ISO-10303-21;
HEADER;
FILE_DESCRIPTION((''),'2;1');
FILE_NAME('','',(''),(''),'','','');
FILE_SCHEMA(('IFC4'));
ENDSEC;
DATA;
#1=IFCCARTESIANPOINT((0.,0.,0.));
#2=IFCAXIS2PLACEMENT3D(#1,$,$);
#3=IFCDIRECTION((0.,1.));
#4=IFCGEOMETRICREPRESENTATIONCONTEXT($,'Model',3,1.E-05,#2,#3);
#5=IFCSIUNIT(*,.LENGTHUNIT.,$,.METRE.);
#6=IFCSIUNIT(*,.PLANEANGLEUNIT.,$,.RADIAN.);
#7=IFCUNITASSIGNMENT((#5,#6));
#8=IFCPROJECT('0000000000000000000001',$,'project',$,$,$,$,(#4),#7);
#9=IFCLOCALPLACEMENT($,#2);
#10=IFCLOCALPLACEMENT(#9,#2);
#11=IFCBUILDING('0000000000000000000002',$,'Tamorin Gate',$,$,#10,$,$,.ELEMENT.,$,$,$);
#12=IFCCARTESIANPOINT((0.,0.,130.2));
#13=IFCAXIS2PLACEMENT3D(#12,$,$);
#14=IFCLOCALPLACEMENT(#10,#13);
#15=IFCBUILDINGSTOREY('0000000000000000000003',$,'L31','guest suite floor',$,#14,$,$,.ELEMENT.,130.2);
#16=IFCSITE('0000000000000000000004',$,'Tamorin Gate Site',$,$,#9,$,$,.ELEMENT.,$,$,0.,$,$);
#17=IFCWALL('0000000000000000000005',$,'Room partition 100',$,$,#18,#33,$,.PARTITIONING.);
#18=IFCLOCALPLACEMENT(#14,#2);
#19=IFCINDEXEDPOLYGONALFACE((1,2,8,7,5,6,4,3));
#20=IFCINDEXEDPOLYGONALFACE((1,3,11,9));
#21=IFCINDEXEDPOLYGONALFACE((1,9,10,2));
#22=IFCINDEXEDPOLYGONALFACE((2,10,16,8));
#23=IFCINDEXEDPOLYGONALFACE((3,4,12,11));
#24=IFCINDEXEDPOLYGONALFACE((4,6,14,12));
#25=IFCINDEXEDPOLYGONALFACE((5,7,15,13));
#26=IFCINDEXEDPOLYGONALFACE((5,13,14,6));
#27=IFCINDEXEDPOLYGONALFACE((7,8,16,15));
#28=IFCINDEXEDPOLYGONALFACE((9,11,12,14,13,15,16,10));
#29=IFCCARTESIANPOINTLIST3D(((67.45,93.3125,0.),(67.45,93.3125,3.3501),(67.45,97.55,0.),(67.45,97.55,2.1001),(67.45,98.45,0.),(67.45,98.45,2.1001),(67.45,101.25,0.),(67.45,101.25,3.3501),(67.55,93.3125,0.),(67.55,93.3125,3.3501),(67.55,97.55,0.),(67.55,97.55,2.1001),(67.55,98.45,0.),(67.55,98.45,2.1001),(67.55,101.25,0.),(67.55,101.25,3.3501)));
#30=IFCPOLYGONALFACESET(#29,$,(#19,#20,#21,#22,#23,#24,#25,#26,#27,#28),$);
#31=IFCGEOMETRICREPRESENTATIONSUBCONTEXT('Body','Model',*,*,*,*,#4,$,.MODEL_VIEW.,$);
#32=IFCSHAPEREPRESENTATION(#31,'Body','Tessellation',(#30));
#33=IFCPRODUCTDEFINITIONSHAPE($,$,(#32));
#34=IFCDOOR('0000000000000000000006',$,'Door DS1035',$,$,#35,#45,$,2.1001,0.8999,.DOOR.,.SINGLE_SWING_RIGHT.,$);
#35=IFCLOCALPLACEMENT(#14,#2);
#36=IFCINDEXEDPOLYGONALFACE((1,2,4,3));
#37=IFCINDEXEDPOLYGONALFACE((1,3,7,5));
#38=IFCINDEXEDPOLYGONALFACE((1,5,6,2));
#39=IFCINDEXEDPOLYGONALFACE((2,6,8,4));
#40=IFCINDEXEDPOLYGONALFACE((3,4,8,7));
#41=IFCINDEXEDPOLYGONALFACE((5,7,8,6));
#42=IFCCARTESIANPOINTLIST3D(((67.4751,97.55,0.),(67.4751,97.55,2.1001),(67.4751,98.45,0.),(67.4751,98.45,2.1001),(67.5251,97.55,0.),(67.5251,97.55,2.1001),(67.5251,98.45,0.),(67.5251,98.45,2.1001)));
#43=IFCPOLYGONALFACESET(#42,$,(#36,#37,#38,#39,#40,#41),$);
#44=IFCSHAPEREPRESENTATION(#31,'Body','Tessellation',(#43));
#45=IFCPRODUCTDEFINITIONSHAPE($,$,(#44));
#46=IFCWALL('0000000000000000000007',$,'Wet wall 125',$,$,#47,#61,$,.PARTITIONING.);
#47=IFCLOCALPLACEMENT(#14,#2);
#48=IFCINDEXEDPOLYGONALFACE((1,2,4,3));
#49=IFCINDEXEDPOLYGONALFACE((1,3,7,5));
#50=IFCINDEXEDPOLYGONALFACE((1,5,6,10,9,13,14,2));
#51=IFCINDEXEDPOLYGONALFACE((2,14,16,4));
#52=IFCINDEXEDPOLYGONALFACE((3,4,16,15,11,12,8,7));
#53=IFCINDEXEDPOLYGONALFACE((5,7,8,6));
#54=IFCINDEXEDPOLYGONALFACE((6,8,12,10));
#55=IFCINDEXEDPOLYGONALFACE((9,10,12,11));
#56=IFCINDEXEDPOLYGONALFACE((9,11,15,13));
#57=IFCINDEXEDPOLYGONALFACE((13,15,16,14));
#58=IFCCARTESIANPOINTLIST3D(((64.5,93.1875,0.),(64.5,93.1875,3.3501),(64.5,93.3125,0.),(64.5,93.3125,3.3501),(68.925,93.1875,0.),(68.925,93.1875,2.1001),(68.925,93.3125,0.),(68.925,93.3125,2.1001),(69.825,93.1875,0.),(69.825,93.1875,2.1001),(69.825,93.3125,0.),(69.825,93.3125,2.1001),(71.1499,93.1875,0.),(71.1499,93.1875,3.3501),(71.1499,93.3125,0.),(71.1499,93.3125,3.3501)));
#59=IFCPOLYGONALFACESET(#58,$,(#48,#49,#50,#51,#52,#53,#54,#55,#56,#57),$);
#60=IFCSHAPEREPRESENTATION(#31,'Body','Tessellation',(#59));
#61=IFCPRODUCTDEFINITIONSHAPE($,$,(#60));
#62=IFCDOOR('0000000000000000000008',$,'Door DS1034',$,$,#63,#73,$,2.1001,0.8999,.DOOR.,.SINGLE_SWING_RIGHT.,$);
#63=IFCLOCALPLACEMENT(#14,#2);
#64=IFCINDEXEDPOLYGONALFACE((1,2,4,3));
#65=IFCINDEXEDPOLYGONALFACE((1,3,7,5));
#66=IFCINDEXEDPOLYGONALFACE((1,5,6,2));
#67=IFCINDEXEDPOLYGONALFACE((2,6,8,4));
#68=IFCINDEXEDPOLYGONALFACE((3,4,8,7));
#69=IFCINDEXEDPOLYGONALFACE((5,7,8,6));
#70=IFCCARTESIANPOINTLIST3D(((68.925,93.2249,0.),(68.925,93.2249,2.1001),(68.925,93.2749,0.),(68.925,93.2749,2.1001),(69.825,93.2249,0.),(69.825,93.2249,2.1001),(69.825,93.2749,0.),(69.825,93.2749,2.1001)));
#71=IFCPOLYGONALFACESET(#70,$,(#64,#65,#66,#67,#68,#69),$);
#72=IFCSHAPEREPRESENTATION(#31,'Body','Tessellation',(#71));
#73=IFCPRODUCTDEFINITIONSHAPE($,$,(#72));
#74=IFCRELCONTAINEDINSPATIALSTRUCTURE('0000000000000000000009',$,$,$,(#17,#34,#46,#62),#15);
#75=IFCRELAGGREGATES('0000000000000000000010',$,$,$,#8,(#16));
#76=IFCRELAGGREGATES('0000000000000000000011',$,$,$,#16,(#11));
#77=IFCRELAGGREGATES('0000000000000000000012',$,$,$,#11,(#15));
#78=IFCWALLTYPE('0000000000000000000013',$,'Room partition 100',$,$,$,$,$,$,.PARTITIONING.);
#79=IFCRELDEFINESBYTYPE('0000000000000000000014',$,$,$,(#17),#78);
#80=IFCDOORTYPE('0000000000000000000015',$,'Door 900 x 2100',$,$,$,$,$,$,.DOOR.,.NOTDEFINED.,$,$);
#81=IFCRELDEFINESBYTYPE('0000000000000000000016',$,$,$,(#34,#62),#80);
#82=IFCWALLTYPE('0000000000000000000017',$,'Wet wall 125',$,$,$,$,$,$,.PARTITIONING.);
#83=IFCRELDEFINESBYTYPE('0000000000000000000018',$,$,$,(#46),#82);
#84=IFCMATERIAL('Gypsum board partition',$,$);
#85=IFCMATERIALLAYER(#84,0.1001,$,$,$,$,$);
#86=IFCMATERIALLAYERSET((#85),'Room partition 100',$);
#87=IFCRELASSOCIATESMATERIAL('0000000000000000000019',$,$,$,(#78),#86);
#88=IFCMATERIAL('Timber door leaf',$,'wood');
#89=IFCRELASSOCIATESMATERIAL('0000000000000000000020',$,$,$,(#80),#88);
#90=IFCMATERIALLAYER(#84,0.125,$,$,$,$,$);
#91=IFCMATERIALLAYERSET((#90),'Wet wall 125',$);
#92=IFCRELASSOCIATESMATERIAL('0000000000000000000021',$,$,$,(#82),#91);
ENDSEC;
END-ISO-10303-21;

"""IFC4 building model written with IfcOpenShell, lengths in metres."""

from ifc_helpers import new_model, si_unit, direction, frame, frame_2d, origin, place, context, subcontext, project, spatial, rectangle, extrude, material, layer, layer_set, type_object, element, fill, save


model = new_model("IFC4")

# Units and contexts
model_context = context("Model", 3, precision=1e-05, world=origin(), true_north=direction((0.0, 1.0)))
body_context = subcontext(model_context, "Body", "Model", "MODEL_VIEW")
ifc_project = project(units=[si_unit("LENGTHUNIT", "METRE"), si_unit("PLANEANGLEUNIT", "RADIAN")], contexts=[model_context])

# Site, building, storey
site_placement = place(None, origin())
site = spatial("IfcSite", under=ifc_project, at=site_placement, Name="Tamorin Gate Site", CompositionType="ELEMENT", RefElevation=0.0)
building_placement = place(site_placement, origin())
building = spatial("IfcBuilding", under=site, at=building_placement, Name="Tamorin Gate", CompositionType="ELEMENT")
storey_placement = place(building_placement, frame((0.0, 0.0, 130.2)))
storey = spatial("IfcBuildingStorey", under=building, at=storey_placement, Name="L31", Description="guest suite floor", CompositionType="ELEMENT", Elevation=130.2)

# Walls, openings, doors
ifc_material_1 = material(Name="Gypsum board partition")
ifc_layer_1 = layer(ifc_material_1, 0.1001)
ifc_layer_set_1 = layer_set([ifc_layer_1], Name="Room partition 100")
wall_type_1 = type_object("IfcWallType", Name="Room partition 100", PredefinedType="PARTITIONING", material=ifc_layer_set_1)
wall_1_placement = place(storey_placement, frame((67.5, 93.3125, 0.0), z_axis=(0.0, 0.0, 1.0), x_axis=(0.0, 1.0, 0.0)))
wall_1 = element("IfcWall", 1, at=wall_1_placement, inside=storey, type_object=wall_type_1, Name="Room partition 100", PredefinedType="PARTITIONING", context=body_context, shape_type="SweptSolid", body=[
    extrude(rectangle(XDim=7.9375, YDim=0.1001, at=frame_2d((3.9688, 0.0))), origin(), (0.0, 0.0, 1.0), 3.3501),
])
opening_1_placement = place(wall_1_placement, frame((4.2375, 0.0, 0.0)))
opening_1 = element("IfcOpeningElement", 2, at=opening_1_placement, cuts=wall_1, PredefinedType="OPENING", context=body_context, shape_type="SweptSolid", body=[
    extrude(rectangle(XDim=0.8999, YDim=2.1001, at=frame_2d((0.45, 1.05))), frame((0.0, 0.0601, 0.0), z_axis=(0.0, -1.0, 0.0), x_axis=(1.0, 0.0, 0.0)), (0.0, 0.0, 1.0), 0.1201),
])
ifc_material_2 = material(Name="Timber door leaf", Category="wood")
door_type = type_object("IfcDoorType", Name="Door 900 x 2100", OperationType="NOTDEFINED", PredefinedType="DOOR", material=ifc_material_2)
door_1_placement = place(opening_1_placement, origin())
door_1 = element("IfcDoor", 3, at=door_1_placement, inside=storey, type_object=door_type, Name="Door DS1035", OperationType="SINGLE_SWING_RIGHT", OverallHeight=2.1001, OverallWidth=0.8999, PredefinedType="DOOR", context=body_context, shape_type="SweptSolid", body=[
    extrude(rectangle(XDim=0.8999, YDim=2.1001, at=frame_2d((0.45, 1.05))), frame((0.0, 0.0249, 0.0), z_axis=(0.0, -1.0, 0.0), x_axis=(1.0, 0.0, 0.0)), (0.0, 0.0, 1.0), 0.05),
])
fill(opening_1, door_1)
ifc_layer_2 = layer(ifc_material_1, 0.125)
ifc_layer_set_2 = layer_set([ifc_layer_2], Name="Wet wall 125")
wall_type_2 = type_object("IfcWallType", Name="Wet wall 125", PredefinedType="PARTITIONING", material=ifc_layer_set_2)
wall_2_placement = place(storey_placement, frame((64.5, 93.25, 0.0), z_axis=(0.0, 0.0, 1.0), x_axis=(1.0, 0.0, 0.0)))
wall_2 = element("IfcWall", 4, at=wall_2_placement, inside=storey, type_object=wall_type_2, Name="Wet wall 125", PredefinedType="PARTITIONING", context=body_context, shape_type="SweptSolid", body=[
    extrude(rectangle(XDim=6.6499, YDim=0.125, at=frame_2d((3.325, 0.0))), origin(), (0.0, 0.0, 1.0), 3.3501),
])
opening_2_placement = place(wall_2_placement, frame((4.425, 0.0, 0.0)))
opening_2 = element("IfcOpeningElement", 5, at=opening_2_placement, cuts=wall_2, PredefinedType="OPENING", context=body_context, shape_type="SweptSolid", body=[
    extrude(rectangle(XDim=0.8999, YDim=2.1001, at=frame_2d((0.45, 1.05))), frame((0.0, 0.0725, 0.0), z_axis=(0.0, -1.0, 0.0), x_axis=(1.0, 0.0, 0.0)), (0.0, 0.0, 1.0), 0.145),
])
door_2_placement = place(opening_2_placement, origin())
door_2 = element("IfcDoor", 6, at=door_2_placement, inside=storey, type_object=door_type, Name="Door DS1034", OperationType="SINGLE_SWING_RIGHT", OverallHeight=2.1001, OverallWidth=0.8999, PredefinedType="DOOR", context=body_context, shape_type="SweptSolid", body=[
    extrude(rectangle(XDim=0.8999, YDim=2.1001, at=frame_2d((0.45, 1.05))), frame((0.0, 0.0249, 0.0), z_axis=(0.0, -1.0, 0.0), x_axis=(1.0, 0.0, 0.0)), (0.0, 0.0, 1.0), 0.05),
])
fill(opening_2, door_2)

save(model, "model.ifc")
